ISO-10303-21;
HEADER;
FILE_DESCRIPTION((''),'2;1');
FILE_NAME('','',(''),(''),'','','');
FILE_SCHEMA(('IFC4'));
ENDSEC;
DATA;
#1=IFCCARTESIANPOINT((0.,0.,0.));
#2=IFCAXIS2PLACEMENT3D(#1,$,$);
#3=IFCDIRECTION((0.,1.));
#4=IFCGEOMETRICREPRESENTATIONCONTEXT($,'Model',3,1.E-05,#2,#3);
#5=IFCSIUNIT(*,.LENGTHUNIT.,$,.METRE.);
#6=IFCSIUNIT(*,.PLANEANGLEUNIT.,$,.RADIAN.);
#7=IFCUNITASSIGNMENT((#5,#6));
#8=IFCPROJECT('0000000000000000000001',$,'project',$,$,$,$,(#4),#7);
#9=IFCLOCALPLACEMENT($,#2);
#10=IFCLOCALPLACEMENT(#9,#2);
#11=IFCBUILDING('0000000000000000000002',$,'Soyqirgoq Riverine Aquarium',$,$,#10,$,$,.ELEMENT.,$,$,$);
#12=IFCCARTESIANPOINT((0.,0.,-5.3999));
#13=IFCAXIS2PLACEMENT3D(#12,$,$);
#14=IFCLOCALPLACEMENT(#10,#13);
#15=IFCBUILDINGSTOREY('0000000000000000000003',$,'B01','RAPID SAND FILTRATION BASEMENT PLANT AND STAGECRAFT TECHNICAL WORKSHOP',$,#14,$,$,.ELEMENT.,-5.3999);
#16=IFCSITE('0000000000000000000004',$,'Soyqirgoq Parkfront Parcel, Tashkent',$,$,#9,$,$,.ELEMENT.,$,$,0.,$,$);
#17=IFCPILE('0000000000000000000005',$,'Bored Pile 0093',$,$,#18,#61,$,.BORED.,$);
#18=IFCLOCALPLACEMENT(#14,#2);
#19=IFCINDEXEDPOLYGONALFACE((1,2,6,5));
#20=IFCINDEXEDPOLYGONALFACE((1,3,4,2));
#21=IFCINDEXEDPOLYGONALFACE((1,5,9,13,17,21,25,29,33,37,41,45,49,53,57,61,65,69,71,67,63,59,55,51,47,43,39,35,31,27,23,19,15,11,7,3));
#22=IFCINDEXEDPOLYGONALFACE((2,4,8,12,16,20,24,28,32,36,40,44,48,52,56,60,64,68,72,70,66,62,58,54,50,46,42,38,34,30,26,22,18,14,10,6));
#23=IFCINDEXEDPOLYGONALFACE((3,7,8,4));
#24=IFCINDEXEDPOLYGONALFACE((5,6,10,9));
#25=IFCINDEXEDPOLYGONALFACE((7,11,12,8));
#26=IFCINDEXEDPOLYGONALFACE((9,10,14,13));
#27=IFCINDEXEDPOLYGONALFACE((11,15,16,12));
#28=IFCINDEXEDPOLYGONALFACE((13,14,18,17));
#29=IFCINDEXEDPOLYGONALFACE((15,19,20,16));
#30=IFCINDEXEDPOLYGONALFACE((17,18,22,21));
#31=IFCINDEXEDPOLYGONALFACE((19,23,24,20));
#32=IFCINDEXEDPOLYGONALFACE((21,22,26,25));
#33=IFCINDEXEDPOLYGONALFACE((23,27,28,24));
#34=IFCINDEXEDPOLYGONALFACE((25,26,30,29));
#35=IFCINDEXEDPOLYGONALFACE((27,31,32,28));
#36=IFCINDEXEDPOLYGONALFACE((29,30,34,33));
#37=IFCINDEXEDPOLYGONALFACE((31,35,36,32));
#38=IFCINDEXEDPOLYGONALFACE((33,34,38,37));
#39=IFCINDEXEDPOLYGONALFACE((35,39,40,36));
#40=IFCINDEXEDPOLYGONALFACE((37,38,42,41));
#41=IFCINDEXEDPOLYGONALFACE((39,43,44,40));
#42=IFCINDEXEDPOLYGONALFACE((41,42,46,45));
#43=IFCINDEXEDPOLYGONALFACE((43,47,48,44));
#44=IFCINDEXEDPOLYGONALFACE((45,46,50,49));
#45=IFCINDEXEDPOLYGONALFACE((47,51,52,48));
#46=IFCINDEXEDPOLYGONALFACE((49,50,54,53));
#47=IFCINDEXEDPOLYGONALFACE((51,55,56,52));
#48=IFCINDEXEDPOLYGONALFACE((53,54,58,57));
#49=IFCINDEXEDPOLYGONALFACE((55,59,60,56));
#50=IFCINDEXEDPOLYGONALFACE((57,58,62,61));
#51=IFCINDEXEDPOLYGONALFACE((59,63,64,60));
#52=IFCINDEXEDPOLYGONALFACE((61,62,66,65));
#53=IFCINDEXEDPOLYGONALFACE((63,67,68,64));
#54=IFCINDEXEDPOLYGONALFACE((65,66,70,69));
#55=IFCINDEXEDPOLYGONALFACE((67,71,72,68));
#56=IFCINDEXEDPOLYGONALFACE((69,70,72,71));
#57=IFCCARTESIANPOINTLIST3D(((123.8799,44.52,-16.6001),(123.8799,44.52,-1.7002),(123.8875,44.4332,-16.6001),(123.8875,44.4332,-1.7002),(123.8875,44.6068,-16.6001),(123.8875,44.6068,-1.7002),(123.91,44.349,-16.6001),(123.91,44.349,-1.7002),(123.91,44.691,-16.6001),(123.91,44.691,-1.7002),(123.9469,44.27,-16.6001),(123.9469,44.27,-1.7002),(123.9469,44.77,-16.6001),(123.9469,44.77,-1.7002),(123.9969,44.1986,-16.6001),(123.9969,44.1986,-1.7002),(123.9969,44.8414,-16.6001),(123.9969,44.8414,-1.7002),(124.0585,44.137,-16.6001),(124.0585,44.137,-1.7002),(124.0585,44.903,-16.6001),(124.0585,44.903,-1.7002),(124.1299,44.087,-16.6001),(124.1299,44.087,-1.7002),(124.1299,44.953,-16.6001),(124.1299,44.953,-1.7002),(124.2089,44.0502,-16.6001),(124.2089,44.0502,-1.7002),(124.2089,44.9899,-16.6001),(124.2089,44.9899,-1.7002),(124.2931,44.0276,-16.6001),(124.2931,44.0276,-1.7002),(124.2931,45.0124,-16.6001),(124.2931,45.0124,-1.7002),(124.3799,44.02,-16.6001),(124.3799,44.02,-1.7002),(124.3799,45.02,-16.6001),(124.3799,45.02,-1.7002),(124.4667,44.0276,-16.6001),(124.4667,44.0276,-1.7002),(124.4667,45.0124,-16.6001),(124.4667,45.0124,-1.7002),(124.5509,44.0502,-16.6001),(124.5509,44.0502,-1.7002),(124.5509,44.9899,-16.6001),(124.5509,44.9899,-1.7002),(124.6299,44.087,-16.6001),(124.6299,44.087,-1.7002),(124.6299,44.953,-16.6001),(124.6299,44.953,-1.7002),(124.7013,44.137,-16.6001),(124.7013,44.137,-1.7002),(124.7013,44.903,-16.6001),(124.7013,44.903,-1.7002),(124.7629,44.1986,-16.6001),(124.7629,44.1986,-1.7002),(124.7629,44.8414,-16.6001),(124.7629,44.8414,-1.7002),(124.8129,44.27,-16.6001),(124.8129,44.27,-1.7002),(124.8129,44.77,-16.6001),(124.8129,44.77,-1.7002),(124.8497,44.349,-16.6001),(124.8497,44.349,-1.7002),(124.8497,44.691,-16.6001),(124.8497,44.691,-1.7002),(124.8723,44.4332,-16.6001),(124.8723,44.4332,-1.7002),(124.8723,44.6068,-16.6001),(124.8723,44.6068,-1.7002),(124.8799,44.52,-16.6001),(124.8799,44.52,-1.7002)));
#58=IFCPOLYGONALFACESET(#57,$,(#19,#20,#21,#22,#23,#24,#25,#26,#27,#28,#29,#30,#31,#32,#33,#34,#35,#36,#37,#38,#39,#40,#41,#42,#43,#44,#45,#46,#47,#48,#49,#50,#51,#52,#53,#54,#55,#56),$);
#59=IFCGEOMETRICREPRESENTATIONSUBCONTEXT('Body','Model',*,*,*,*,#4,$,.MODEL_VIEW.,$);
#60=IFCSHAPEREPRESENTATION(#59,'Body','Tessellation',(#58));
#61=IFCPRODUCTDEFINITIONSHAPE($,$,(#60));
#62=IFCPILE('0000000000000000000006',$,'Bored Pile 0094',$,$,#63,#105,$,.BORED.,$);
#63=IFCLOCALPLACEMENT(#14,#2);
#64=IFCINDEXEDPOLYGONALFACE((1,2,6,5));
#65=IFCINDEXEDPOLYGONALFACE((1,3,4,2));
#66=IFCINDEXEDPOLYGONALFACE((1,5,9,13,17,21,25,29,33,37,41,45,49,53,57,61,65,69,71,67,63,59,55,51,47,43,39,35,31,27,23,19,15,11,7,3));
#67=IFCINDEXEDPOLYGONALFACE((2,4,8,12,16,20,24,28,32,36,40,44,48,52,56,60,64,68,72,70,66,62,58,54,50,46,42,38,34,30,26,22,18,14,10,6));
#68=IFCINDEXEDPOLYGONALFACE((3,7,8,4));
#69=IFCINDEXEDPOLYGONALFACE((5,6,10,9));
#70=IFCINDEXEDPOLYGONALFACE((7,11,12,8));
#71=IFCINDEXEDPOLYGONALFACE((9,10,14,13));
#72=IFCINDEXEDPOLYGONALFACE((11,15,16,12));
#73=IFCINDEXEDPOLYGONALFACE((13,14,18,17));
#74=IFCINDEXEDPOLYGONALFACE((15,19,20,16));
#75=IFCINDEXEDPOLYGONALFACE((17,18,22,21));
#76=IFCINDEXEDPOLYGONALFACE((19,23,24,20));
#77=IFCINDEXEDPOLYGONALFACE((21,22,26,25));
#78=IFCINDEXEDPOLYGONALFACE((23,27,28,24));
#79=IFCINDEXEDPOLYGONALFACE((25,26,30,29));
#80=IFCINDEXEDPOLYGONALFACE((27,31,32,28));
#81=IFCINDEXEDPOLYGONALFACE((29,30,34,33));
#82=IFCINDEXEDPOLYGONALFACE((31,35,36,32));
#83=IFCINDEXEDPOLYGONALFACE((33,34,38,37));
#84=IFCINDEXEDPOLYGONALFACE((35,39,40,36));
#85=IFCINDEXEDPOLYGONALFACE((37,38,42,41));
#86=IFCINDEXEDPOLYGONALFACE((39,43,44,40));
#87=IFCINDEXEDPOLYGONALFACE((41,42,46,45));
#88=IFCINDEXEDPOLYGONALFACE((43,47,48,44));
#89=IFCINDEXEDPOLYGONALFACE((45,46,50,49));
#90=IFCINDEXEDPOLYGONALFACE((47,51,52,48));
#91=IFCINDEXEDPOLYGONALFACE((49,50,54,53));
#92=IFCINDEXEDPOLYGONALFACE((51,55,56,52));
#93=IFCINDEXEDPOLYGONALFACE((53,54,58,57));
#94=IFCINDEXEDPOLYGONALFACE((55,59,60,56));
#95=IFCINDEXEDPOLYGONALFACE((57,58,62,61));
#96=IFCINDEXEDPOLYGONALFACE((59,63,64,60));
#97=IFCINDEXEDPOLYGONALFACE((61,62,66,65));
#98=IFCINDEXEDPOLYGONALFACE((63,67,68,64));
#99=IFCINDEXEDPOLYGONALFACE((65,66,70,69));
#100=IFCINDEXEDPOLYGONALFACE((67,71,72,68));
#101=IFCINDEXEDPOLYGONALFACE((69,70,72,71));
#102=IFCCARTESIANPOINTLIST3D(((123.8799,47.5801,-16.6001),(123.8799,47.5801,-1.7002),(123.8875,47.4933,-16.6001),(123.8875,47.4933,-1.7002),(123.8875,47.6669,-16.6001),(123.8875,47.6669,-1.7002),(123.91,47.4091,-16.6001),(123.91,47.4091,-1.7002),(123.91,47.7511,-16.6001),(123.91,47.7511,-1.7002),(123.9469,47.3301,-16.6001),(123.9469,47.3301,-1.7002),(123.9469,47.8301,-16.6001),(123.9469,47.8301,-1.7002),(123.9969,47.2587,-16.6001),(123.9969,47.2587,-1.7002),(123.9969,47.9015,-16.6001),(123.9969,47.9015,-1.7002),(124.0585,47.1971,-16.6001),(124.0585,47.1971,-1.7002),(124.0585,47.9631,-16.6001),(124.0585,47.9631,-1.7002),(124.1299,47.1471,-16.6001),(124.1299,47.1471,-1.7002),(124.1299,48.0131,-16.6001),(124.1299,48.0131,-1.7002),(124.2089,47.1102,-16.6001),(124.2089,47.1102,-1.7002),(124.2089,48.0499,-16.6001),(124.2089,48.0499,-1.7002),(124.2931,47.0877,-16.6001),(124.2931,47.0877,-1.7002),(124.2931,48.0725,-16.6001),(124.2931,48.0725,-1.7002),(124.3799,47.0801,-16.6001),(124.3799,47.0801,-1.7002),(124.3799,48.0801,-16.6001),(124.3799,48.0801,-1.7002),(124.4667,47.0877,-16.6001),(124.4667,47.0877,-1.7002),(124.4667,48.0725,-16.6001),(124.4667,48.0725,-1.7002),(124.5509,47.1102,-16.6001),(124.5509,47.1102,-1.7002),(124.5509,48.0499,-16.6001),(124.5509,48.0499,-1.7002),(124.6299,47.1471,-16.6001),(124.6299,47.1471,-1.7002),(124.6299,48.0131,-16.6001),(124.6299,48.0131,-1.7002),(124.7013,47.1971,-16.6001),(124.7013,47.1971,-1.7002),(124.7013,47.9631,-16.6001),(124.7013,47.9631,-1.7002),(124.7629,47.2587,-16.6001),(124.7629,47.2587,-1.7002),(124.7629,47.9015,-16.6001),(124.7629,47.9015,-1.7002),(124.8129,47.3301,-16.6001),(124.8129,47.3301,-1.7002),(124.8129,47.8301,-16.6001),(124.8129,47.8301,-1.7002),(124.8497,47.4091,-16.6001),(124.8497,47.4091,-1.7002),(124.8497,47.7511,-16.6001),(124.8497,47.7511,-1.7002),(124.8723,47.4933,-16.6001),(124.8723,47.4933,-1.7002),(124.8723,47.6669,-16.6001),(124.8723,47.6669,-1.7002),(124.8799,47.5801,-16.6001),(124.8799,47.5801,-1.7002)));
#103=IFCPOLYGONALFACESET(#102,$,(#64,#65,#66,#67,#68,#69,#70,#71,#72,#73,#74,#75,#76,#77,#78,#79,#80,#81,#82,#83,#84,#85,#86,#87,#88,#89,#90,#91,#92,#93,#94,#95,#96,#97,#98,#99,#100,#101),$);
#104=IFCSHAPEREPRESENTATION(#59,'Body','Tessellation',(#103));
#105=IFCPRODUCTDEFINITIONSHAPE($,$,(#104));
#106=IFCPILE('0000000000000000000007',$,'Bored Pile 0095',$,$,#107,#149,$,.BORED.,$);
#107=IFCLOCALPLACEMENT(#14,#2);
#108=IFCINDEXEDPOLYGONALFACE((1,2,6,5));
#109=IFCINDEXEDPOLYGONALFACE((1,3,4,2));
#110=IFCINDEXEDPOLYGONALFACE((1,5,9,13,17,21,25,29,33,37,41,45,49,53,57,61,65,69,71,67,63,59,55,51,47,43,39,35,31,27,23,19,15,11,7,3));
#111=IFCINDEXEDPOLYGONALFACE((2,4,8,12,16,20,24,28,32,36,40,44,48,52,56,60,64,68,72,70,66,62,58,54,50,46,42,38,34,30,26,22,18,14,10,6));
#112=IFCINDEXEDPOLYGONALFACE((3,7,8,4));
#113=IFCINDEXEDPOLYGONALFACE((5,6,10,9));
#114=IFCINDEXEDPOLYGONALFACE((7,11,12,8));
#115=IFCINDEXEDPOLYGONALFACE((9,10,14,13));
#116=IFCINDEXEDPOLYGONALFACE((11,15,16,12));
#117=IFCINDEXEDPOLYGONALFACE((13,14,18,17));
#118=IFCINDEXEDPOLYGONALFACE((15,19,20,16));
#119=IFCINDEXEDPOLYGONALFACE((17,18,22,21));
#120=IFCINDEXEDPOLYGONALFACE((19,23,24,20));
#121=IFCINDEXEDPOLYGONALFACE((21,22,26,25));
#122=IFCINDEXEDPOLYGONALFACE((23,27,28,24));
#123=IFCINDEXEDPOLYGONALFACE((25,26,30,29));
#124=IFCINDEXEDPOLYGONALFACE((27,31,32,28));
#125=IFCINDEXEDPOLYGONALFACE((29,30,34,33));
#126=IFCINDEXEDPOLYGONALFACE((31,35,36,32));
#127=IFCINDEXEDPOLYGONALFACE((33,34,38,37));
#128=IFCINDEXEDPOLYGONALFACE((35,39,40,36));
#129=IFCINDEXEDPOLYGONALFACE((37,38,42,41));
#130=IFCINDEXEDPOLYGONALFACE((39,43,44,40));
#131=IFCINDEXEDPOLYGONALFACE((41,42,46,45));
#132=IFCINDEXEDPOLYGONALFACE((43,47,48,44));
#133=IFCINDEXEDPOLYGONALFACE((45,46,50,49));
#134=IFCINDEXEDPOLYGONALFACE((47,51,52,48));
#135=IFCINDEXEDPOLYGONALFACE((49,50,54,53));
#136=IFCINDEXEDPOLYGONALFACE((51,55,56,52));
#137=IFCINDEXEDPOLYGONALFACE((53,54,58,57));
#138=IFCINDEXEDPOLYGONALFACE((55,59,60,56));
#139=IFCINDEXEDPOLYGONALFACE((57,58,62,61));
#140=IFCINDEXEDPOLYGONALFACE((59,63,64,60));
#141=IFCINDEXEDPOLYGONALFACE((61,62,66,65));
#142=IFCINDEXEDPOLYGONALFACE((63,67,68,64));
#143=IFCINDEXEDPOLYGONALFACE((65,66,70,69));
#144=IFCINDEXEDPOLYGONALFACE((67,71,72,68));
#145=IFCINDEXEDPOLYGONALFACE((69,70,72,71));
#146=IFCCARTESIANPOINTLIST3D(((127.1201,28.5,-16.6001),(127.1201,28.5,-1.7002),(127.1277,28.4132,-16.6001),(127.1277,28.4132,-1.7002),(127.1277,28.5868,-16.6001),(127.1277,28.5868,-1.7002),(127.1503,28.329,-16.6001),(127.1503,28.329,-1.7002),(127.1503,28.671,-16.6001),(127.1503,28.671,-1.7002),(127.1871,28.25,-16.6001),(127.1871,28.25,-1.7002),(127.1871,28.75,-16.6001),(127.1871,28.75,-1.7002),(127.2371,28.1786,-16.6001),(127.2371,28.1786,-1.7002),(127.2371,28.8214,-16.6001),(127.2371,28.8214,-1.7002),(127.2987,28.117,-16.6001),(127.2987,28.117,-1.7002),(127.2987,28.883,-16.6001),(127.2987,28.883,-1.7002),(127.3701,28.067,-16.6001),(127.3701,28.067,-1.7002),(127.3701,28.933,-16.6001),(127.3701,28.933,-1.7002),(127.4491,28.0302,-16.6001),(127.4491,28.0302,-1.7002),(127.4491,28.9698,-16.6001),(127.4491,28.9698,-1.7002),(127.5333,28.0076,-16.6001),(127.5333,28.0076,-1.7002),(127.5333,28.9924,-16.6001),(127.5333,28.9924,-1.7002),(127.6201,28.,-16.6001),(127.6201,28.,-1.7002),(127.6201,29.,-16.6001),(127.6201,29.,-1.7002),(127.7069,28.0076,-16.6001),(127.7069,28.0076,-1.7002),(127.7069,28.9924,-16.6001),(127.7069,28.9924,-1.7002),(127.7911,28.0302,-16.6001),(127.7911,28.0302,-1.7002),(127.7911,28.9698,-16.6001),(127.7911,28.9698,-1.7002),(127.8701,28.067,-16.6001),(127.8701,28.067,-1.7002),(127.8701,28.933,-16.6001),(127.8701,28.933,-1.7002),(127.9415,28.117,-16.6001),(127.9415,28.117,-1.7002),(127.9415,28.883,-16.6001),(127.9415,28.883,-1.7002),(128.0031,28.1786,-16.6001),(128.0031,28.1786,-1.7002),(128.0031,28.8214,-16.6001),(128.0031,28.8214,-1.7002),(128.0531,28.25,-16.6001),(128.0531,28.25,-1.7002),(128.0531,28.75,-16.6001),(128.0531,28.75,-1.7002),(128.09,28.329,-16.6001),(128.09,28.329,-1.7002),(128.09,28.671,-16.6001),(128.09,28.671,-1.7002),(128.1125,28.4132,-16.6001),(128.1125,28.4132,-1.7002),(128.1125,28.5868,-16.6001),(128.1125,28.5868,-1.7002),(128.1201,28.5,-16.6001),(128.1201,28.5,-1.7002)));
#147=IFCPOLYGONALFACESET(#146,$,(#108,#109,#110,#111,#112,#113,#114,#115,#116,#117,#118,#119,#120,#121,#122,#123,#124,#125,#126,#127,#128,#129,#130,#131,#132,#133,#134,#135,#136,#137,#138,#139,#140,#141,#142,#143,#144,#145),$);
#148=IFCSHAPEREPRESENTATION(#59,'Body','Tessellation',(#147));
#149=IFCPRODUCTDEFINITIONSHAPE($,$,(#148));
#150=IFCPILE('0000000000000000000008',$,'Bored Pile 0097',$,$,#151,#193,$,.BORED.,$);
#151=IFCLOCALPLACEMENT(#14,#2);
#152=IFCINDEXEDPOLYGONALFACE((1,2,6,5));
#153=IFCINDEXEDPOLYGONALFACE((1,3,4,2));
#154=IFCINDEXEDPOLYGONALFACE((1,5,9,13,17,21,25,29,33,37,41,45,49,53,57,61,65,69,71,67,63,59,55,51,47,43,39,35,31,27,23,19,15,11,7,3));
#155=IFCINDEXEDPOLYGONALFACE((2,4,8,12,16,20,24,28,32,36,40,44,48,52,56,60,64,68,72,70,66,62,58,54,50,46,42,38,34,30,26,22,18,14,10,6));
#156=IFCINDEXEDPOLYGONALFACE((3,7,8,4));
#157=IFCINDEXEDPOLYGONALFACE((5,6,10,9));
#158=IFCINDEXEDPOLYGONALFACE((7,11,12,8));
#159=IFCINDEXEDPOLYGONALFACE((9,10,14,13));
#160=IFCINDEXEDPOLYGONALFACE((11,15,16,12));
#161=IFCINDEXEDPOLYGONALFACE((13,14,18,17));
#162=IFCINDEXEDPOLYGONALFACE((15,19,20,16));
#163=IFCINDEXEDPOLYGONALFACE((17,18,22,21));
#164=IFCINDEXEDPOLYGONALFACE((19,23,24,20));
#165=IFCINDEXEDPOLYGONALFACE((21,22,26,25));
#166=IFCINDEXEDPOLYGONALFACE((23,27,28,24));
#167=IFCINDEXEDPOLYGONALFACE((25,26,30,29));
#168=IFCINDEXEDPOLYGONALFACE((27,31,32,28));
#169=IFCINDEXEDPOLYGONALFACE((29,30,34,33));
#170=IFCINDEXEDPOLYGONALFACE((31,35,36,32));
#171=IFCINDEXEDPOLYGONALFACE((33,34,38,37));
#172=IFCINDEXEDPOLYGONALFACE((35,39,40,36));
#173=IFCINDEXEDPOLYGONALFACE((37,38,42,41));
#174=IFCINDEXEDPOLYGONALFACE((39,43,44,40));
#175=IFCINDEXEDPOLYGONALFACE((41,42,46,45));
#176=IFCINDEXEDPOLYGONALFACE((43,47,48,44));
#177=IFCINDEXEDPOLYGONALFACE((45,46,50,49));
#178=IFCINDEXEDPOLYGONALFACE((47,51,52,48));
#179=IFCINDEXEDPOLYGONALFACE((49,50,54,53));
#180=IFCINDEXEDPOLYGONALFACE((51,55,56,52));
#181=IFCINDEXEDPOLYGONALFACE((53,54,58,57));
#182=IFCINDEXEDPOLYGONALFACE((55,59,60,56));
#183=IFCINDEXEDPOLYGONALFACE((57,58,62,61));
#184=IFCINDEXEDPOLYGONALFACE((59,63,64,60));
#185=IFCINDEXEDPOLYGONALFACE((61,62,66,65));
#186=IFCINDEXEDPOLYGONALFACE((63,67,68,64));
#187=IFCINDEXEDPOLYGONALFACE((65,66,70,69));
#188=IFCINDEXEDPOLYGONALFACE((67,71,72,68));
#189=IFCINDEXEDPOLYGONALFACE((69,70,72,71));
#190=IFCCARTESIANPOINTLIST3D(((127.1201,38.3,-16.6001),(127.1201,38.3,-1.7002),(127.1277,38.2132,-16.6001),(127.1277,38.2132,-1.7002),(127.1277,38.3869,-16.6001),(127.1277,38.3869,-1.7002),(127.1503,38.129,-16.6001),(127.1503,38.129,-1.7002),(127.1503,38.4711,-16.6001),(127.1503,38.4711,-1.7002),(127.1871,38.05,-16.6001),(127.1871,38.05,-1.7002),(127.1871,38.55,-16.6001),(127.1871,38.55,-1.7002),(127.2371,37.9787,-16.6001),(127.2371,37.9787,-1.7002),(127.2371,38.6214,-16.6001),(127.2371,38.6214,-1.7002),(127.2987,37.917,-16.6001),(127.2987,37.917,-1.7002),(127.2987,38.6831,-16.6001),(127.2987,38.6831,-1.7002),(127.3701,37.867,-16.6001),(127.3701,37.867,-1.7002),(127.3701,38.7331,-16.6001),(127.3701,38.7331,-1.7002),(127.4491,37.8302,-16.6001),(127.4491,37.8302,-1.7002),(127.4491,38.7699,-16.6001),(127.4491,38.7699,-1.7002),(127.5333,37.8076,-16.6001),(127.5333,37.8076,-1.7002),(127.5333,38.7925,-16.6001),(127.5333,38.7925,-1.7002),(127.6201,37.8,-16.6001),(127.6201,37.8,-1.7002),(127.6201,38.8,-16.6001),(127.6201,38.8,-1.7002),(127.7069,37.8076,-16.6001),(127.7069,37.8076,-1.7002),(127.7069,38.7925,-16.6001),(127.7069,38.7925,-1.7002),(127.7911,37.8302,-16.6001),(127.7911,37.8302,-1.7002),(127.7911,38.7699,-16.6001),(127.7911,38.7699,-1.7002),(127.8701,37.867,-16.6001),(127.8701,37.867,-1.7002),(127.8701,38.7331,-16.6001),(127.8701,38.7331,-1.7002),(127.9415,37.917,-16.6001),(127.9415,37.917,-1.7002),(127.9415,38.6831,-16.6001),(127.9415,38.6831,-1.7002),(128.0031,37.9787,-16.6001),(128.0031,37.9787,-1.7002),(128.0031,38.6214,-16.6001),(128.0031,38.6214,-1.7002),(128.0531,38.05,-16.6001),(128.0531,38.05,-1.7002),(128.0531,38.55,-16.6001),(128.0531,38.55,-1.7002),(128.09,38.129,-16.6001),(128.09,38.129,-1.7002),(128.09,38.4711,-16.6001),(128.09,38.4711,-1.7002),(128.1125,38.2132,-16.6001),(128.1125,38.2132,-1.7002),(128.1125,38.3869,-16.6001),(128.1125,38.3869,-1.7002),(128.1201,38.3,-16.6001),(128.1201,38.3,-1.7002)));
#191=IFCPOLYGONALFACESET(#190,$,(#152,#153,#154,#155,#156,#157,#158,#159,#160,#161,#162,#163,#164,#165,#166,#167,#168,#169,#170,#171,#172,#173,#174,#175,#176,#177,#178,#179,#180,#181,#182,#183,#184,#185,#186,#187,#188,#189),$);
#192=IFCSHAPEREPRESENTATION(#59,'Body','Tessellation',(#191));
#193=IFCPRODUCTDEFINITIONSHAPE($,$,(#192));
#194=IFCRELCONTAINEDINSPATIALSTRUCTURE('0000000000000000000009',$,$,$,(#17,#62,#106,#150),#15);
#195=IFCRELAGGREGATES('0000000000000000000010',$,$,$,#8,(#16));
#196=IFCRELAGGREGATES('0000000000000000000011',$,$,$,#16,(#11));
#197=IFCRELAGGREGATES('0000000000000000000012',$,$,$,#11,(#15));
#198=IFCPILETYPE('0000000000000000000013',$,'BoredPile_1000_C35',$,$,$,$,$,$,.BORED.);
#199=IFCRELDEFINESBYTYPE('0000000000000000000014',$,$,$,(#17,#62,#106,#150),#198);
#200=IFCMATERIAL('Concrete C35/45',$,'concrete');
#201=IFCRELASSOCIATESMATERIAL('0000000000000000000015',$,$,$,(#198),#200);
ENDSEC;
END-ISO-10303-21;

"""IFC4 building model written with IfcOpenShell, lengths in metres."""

from ifc_helpers import new_model, si_unit, direction, frame, origin, origin_2d, place, context, subcontext, project, spatial, circle, extrude, material, material_profile, profile_set, type_object, element, save


model = new_model("IFC4")

# Units and contexts
model_context = context("Model", 3, precision=1e-05, world=origin(), true_north=direction((0.0, 1.0)))
body_context = subcontext(model_context, "Body", "Model", "MODEL_VIEW")
ifc_project = project(units=[si_unit("LENGTHUNIT", "METRE"), si_unit("PLANEANGLEUNIT", "RADIAN")], contexts=[model_context])

# Site, building, storey
site_placement = place(None, origin())
site = spatial("IfcSite", under=ifc_project, at=site_placement, Name="Soyqirgoq Parkfront Parcel, Tashkent", CompositionType="ELEMENT", RefElevation=0.0)
building_placement = place(site_placement, origin())
building = spatial("IfcBuilding", under=site, at=building_placement, Name="Soyqirgoq Riverine Aquarium", CompositionType="ELEMENT")
storey_placement = place(building_placement, frame((0.0, 0.0, -5.3999)))
storey = spatial("IfcBuildingStorey", under=building, at=storey_placement, Name="B01", Description="RAPID SAND FILTRATION BASEMENT PLANT AND STAGECRAFT TECHNICAL WORKSHOP", CompositionType="ELEMENT", Elevation=-5.3999)

# Piles
ifc_material_1 = material(Name="Concrete C35/45", Category="concrete")
ifc_material_profile_1 = material_profile(ifc_material_1, circle(Radius=0.5, at=origin_2d()), Name="BP D1000")
ifc_profile_set_1 = profile_set([ifc_material_profile_1], Name="Concrete C35/45")
pile_type_1 = type_object("IfcPileType", Name="BoredPile_1000_C35", PredefinedType="BORED", material=ifc_profile_set_1)
for number, where, z_axis, x_axis, name in (
    (1, (124.3799, 44.52, -1.7002), (0.0, 0.0, -1.0), (1.0, 0.0, 0.0), "Bored Pile 0093"),
    (2, (124.3799, 47.5801, -1.7002), (0.0, 0.0, -1.0), (1.0, 0.0, 0.0), "Bored Pile 0094"),
    (3, (127.6201, 28.5, -1.7002), (0.0, 0.0, -1.0), (1.0, 0.0, 0.0), "Bored Pile 0095"),
    (4, (127.6201, 38.3, -1.7002), (0.0, 0.0, -1.0), (1.0, 0.0, 0.0), "Bored Pile 0097"),
):
    element("IfcPile", number, at=place(storey_placement, frame(where, z_axis=z_axis, x_axis=x_axis)), inside=storey, type_object=pile_type_1, Name=name, PredefinedType="BORED", context=body_context, shape_type="SweptSolid", body=[
        extrude(circle(Radius=0.5, at=origin_2d()), origin(), (0.0, 0.0, 1.0), 14.8999),
    ])

save(model, "model.ifc")
